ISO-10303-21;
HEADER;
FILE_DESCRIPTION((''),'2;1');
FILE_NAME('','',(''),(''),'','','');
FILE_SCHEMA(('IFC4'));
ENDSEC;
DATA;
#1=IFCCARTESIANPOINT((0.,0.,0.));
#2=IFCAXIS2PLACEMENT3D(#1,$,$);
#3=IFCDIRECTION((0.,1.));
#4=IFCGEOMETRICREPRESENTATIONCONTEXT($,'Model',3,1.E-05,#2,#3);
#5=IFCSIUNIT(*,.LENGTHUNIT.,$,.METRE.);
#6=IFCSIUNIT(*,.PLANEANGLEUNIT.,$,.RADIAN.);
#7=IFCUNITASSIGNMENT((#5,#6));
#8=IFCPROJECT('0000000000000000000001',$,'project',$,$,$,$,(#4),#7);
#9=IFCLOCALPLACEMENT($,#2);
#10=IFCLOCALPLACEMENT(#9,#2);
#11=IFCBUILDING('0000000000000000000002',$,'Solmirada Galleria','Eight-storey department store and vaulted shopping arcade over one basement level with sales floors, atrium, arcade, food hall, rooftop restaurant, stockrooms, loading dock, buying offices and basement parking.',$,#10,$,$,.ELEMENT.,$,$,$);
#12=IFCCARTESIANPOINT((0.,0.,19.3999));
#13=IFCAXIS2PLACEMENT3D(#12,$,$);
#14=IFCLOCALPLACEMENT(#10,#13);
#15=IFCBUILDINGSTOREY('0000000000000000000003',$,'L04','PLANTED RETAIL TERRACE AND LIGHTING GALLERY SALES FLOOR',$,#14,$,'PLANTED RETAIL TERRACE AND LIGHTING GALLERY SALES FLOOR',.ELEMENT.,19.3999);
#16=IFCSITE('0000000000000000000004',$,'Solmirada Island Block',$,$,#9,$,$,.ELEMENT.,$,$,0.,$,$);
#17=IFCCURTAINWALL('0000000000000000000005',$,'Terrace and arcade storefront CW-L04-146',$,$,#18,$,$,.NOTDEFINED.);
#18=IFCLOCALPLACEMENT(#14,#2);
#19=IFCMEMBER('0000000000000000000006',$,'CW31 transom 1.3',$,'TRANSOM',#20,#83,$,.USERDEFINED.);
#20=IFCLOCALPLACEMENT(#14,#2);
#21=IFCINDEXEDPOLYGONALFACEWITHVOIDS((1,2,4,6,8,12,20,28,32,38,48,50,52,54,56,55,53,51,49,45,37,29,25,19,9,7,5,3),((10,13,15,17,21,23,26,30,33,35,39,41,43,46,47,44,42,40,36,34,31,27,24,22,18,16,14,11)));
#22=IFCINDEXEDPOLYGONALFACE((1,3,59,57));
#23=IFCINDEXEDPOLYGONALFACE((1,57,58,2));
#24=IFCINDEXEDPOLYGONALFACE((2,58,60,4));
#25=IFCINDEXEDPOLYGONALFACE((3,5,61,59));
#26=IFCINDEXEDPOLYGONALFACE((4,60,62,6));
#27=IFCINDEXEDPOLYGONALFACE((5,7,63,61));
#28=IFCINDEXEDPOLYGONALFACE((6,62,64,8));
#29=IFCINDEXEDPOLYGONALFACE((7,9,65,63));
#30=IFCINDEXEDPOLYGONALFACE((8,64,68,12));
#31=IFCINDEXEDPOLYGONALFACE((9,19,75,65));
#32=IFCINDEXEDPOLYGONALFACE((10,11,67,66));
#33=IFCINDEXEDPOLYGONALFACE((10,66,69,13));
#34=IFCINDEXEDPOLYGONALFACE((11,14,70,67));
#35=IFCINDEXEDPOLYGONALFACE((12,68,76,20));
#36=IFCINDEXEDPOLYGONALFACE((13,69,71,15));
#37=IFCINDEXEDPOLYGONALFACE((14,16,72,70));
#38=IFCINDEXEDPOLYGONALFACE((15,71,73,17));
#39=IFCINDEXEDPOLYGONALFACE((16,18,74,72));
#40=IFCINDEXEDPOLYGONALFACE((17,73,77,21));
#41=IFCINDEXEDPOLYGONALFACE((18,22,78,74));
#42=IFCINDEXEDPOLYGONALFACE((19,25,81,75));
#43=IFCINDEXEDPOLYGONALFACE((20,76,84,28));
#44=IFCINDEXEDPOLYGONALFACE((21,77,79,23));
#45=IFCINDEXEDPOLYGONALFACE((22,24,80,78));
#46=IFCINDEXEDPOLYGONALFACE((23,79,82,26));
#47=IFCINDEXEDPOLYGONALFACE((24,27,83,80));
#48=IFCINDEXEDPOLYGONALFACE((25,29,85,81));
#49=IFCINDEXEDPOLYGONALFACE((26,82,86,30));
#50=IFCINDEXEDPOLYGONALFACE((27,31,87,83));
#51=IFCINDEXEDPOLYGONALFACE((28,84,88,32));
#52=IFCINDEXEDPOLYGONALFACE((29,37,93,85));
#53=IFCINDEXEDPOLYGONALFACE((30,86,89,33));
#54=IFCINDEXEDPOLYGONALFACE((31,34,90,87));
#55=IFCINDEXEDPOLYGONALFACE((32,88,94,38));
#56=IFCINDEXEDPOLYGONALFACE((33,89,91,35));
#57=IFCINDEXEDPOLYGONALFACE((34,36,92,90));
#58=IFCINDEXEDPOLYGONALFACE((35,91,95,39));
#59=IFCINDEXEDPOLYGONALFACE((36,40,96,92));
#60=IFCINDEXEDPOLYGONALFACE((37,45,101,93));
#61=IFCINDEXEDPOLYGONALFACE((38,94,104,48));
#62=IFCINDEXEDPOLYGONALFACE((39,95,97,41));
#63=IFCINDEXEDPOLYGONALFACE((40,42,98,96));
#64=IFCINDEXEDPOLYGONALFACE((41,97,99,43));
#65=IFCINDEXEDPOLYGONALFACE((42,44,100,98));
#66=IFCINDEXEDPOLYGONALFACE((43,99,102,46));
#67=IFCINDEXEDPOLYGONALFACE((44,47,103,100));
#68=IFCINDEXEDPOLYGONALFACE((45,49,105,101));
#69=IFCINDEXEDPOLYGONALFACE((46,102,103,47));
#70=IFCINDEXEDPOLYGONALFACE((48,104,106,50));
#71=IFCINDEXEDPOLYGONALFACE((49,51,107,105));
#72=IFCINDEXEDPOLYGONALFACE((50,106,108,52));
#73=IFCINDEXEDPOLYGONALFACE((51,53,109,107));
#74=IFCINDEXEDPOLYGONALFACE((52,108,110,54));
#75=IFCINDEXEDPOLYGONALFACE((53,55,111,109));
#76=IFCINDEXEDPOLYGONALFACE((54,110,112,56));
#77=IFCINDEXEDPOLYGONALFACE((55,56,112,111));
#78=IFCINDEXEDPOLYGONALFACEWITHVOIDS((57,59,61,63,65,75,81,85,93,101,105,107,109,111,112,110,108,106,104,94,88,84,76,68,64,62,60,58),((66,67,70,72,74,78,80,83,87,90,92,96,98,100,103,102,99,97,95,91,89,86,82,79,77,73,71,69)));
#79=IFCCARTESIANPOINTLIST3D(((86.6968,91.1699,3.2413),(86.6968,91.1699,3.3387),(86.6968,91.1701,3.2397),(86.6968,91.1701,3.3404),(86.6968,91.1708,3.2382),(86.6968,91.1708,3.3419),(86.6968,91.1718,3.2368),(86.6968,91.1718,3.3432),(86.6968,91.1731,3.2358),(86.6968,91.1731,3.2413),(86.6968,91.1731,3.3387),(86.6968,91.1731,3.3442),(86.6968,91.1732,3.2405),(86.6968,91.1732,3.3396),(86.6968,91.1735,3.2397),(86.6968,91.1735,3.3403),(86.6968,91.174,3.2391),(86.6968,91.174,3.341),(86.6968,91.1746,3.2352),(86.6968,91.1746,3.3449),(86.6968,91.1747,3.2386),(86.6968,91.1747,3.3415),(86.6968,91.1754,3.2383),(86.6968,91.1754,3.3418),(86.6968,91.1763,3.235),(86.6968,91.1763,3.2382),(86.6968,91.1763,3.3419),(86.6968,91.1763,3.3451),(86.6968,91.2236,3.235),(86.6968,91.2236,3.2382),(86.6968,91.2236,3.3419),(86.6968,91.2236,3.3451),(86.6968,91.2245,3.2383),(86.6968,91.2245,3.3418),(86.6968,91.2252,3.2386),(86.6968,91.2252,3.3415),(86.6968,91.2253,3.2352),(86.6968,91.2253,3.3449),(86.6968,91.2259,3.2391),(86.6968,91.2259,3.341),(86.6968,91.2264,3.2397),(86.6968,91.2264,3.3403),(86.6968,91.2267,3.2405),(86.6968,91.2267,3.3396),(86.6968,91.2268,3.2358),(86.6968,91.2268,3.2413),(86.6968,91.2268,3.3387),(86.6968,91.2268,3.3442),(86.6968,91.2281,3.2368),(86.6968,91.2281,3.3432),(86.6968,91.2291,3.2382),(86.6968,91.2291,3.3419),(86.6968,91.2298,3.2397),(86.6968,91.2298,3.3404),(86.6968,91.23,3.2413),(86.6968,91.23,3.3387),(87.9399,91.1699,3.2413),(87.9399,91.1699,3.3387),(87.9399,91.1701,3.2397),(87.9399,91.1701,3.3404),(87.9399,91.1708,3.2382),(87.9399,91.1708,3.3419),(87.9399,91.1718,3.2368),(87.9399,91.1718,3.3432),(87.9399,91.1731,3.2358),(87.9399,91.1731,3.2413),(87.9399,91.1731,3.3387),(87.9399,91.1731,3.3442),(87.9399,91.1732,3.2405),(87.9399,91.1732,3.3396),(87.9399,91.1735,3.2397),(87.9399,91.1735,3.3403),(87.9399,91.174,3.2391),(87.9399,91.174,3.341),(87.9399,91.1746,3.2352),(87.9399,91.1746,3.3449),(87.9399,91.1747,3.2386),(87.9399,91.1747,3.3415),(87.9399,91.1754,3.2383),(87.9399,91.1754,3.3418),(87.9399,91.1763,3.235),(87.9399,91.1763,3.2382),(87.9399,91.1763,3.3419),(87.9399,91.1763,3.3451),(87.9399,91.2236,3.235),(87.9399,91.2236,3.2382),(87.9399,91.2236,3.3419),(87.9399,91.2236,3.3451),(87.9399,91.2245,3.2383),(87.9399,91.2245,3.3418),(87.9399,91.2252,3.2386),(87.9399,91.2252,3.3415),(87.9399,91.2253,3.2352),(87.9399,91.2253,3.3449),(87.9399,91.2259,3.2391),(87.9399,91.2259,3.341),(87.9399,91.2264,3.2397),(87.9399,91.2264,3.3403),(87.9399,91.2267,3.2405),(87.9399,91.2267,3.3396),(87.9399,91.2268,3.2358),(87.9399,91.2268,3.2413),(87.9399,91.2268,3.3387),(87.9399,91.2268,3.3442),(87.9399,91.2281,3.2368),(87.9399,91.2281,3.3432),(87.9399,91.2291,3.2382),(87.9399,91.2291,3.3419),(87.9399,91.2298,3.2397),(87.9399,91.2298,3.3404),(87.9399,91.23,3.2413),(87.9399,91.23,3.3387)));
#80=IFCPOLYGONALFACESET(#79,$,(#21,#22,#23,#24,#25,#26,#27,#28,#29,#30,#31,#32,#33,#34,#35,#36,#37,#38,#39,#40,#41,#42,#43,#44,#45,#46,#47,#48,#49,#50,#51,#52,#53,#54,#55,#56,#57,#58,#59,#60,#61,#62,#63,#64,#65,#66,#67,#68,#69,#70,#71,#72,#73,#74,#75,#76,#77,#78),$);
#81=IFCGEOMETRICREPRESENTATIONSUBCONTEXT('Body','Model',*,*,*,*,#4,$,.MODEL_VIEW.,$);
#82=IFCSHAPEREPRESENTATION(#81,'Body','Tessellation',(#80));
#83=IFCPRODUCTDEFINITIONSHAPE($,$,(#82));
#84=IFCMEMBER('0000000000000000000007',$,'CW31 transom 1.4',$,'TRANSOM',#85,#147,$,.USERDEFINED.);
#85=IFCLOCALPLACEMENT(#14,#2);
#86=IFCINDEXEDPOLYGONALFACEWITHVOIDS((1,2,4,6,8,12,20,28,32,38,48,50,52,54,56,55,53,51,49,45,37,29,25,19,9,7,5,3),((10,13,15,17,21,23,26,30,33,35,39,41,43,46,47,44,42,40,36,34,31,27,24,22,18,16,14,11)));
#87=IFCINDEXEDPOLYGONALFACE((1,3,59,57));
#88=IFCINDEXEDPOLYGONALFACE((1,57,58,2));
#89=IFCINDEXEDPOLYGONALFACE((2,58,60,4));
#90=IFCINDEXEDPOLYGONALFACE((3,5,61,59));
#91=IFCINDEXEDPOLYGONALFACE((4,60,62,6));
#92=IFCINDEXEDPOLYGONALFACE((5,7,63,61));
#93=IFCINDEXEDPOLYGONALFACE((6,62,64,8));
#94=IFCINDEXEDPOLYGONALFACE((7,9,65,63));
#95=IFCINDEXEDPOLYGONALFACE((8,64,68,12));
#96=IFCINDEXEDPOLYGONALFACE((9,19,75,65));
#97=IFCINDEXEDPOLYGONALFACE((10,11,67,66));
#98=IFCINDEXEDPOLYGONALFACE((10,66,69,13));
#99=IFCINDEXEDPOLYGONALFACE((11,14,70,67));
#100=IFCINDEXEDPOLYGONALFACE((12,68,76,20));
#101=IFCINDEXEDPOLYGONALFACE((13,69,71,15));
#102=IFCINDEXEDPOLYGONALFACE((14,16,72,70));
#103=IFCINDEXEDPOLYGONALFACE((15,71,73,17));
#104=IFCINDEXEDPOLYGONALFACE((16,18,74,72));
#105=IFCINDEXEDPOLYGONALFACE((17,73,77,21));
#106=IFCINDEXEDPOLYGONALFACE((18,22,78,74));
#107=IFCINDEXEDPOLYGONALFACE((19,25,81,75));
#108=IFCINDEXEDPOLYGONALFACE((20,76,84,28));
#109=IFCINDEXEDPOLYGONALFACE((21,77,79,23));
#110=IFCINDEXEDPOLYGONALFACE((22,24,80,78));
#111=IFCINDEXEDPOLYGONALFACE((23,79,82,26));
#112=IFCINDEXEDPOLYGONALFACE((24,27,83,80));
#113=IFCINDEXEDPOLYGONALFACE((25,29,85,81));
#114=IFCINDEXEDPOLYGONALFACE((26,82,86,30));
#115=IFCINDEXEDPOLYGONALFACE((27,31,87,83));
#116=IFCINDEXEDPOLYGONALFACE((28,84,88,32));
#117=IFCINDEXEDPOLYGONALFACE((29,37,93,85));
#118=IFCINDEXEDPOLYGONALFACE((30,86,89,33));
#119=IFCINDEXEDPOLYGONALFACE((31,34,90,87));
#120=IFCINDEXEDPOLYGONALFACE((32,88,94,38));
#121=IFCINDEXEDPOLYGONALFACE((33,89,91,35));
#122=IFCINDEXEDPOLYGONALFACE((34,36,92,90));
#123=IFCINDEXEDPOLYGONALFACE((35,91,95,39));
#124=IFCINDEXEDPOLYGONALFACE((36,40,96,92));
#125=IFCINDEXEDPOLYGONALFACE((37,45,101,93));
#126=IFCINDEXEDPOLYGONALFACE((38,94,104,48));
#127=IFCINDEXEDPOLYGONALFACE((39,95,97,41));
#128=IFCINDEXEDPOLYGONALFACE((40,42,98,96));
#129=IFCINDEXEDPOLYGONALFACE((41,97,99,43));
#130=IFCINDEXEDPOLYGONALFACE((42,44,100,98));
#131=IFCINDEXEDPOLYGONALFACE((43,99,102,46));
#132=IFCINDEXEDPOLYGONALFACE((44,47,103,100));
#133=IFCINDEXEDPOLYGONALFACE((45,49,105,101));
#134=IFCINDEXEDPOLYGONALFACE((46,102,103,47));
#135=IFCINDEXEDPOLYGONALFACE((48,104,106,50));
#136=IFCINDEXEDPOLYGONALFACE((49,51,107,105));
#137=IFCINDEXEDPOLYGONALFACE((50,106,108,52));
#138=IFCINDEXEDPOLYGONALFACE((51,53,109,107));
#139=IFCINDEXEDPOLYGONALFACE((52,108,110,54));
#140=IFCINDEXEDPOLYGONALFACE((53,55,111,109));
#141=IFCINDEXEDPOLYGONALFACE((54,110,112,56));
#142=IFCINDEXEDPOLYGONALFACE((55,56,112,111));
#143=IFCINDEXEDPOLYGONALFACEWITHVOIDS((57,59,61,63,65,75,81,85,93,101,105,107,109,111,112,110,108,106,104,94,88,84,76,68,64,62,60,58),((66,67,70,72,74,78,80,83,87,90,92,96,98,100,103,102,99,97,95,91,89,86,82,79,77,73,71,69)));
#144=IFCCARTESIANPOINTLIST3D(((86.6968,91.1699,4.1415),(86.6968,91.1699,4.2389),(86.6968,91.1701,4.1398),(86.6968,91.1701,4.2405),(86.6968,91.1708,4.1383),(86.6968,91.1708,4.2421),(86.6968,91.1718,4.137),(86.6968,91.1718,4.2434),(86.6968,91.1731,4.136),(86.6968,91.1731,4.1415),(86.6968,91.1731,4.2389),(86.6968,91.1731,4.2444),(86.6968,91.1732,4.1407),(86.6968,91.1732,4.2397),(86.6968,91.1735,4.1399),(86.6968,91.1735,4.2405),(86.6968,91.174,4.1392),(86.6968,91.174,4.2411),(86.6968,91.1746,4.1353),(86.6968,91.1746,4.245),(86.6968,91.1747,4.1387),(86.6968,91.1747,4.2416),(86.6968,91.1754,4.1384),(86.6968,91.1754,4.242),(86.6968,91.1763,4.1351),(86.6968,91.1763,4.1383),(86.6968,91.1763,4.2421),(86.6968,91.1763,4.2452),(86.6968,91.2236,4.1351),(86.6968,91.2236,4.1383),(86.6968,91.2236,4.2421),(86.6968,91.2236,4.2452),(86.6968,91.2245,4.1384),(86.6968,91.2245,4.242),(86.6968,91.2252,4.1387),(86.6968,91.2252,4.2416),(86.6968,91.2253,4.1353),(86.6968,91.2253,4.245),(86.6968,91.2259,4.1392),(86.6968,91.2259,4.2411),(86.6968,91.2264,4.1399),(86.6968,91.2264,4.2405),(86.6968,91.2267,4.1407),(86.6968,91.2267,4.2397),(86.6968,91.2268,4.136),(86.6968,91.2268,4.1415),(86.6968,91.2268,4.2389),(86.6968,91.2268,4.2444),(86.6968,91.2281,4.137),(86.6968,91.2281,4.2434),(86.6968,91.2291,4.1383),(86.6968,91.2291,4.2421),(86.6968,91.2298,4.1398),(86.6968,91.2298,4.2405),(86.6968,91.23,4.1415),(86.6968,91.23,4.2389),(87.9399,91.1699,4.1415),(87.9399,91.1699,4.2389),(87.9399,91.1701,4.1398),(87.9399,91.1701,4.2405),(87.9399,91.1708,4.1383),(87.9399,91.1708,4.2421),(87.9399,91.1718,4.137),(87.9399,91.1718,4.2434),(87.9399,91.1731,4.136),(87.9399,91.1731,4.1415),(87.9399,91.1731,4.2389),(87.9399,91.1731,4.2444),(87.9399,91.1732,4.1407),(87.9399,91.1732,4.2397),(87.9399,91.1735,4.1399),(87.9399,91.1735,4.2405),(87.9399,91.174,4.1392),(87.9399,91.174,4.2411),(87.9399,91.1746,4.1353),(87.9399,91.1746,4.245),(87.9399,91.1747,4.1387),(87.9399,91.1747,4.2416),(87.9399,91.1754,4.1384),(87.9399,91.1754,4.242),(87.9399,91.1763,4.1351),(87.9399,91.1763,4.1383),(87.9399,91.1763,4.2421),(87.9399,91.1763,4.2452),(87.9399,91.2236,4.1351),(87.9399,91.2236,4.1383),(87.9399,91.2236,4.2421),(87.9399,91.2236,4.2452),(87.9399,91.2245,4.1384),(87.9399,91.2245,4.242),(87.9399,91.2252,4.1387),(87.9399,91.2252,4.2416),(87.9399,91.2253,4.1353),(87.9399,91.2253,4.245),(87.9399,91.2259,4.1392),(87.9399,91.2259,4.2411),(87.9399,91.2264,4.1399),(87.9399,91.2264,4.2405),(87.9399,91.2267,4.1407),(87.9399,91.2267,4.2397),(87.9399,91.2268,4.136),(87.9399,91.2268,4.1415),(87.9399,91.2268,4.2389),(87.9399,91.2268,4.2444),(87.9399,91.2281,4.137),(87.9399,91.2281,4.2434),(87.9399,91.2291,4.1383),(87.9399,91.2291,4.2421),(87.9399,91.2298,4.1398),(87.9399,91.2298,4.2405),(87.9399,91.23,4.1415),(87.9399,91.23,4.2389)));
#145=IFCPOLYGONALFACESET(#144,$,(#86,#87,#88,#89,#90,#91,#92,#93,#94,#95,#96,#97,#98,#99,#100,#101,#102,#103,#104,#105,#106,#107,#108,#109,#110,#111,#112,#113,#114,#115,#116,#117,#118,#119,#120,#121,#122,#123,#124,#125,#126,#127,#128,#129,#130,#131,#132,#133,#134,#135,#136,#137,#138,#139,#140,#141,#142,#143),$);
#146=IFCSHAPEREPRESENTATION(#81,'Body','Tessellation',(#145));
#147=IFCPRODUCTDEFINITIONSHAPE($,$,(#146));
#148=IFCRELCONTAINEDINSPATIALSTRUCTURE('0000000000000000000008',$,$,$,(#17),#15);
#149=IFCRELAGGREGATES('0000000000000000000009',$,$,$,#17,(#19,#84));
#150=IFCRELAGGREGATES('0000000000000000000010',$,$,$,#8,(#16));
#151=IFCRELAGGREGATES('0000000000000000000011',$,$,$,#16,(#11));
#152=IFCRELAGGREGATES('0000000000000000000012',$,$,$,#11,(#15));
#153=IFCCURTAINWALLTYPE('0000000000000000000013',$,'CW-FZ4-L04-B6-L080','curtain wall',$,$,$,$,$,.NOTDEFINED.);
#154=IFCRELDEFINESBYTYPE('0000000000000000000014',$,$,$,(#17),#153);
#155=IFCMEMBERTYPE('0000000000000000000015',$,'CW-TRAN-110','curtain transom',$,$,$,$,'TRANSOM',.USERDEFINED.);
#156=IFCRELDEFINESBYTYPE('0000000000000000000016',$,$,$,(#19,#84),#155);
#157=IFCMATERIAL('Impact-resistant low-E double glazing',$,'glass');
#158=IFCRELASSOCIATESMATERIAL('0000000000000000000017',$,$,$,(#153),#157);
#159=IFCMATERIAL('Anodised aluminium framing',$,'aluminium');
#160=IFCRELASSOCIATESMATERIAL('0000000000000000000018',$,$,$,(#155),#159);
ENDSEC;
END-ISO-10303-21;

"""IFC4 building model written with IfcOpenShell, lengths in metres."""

from ifc_helpers import new_model, si_unit, direction, frame, origin, origin_2d, place, context, subcontext, project, spatial, hollow_rectangle, extrude, material, material_profile, profile_set, type_object, element, aggregate, save


model = new_model("IFC4")

# Units and contexts
model_context = context("Model", 3, precision=1e-05, world=origin(), true_north=direction((0.0, 1.0)))
body_context = subcontext(model_context, "Body", "Model", "MODEL_VIEW")
ifc_project = project(units=[si_unit("LENGTHUNIT", "METRE"), si_unit("PLANEANGLEUNIT", "RADIAN")], contexts=[model_context])

# Site, building, storey
site_placement = place(None, origin())
site = spatial("IfcSite", under=ifc_project, at=site_placement, Name="Solmirada Island Block", CompositionType="ELEMENT", RefElevation=0.0)
building_placement = place(site_placement, origin())
building = spatial("IfcBuilding", under=site, at=building_placement, Name="Solmirada Galleria", Description="Eight-storey department store and vaulted shopping arcade over one basement level with sales floors, atrium, arcade, food hall, rooftop restaurant, stockrooms, loading dock, buying offices and basement parking.", CompositionType="ELEMENT")
storey_placement = place(building_placement, frame((0.0, 0.0, 19.3999)))
storey = spatial("IfcBuildingStorey", under=building, at=storey_placement, Name="L04", Description="PLANTED RETAIL TERRACE AND LIGHTING GALLERY SALES FLOOR", LongName="PLANTED RETAIL TERRACE AND LIGHTING GALLERY SALES FLOOR", CompositionType="ELEMENT", Elevation=19.3999)

# Curtain wall
ifc_material_1 = material(Name="Impact-resistant low-E double glazing", Category="glass")
curtain_wall_type = type_object("IfcCurtainWallType", Name="CW-FZ4-L04-B6-L080", Description="curtain wall", PredefinedType="NOTDEFINED", material=ifc_material_1)
curtain_wall_1_placement = place(storey_placement, origin())
curtain_wall_1 = element("IfcCurtainWall", 1, at=curtain_wall_1_placement, inside=storey, type_object=curtain_wall_type, Name="Terrace and arcade storefront CW-L04-146", PredefinedType="NOTDEFINED")
ifc_material_2 = material(Name="Anodised aluminium framing", Category="aluminium")

# Members
ifc_material_profile_1 = material_profile(ifc_material_2, hollow_rectangle(XDim=0.0601, YDim=0.1101, WallThickness=0.0032, InnerFilletRadius=0.0032, OuterFilletRadius=0.0063, at=origin_2d()), Name="ALU-TRAN-110X60")
ifc_profile_set_1 = profile_set([ifc_material_profile_1], Name="Anodised aluminium framing")
member_type_1 = type_object("IfcMemberType", Name="CW-TRAN-110", Description="curtain transom", ElementType="TRANSOM", PredefinedType="USERDEFINED", material=ifc_profile_set_1)
member_1_placement = place(storey_placement, frame((87.9399, 91.2, 3.29), z_axis=(-1.0, 0.0, 0.0), x_axis=(0.0, -1.0, 0.0)))
member_1 = element("IfcMember", 2, at=member_1_placement, type_object=member_type_1, Name="CW31 transom 1.3", ObjectType="TRANSOM", PredefinedType="USERDEFINED", context=body_context, shape_type="SweptSolid", body=[
    extrude(hollow_rectangle(XDim=0.0601, YDim=0.1101, WallThickness=0.0032, InnerFilletRadius=0.0032, OuterFilletRadius=0.0063, at=origin_2d()), origin(), (0.0, 0.0, 1.0), 1.2432),
])
member_2_placement = place(storey_placement, frame((87.9399, 91.2, 4.1902), z_axis=(-1.0, 0.0, 0.0), x_axis=(0.0, -1.0, 0.0)))
member_2 = element("IfcMember", 3, at=member_2_placement, type_object=member_type_1, Name="CW31 transom 1.4", ObjectType="TRANSOM", PredefinedType="USERDEFINED", context=body_context, shape_type="SweptSolid", body=[
    extrude(hollow_rectangle(XDim=0.0601, YDim=0.1101, WallThickness=0.0032, InnerFilletRadius=0.0032, OuterFilletRadius=0.0063, at=origin_2d()), origin(), (0.0, 0.0, 1.0), 1.2432),
])

aggregate(curtain_wall_1, [member_1, member_2])

save(model, "model.ifc")
